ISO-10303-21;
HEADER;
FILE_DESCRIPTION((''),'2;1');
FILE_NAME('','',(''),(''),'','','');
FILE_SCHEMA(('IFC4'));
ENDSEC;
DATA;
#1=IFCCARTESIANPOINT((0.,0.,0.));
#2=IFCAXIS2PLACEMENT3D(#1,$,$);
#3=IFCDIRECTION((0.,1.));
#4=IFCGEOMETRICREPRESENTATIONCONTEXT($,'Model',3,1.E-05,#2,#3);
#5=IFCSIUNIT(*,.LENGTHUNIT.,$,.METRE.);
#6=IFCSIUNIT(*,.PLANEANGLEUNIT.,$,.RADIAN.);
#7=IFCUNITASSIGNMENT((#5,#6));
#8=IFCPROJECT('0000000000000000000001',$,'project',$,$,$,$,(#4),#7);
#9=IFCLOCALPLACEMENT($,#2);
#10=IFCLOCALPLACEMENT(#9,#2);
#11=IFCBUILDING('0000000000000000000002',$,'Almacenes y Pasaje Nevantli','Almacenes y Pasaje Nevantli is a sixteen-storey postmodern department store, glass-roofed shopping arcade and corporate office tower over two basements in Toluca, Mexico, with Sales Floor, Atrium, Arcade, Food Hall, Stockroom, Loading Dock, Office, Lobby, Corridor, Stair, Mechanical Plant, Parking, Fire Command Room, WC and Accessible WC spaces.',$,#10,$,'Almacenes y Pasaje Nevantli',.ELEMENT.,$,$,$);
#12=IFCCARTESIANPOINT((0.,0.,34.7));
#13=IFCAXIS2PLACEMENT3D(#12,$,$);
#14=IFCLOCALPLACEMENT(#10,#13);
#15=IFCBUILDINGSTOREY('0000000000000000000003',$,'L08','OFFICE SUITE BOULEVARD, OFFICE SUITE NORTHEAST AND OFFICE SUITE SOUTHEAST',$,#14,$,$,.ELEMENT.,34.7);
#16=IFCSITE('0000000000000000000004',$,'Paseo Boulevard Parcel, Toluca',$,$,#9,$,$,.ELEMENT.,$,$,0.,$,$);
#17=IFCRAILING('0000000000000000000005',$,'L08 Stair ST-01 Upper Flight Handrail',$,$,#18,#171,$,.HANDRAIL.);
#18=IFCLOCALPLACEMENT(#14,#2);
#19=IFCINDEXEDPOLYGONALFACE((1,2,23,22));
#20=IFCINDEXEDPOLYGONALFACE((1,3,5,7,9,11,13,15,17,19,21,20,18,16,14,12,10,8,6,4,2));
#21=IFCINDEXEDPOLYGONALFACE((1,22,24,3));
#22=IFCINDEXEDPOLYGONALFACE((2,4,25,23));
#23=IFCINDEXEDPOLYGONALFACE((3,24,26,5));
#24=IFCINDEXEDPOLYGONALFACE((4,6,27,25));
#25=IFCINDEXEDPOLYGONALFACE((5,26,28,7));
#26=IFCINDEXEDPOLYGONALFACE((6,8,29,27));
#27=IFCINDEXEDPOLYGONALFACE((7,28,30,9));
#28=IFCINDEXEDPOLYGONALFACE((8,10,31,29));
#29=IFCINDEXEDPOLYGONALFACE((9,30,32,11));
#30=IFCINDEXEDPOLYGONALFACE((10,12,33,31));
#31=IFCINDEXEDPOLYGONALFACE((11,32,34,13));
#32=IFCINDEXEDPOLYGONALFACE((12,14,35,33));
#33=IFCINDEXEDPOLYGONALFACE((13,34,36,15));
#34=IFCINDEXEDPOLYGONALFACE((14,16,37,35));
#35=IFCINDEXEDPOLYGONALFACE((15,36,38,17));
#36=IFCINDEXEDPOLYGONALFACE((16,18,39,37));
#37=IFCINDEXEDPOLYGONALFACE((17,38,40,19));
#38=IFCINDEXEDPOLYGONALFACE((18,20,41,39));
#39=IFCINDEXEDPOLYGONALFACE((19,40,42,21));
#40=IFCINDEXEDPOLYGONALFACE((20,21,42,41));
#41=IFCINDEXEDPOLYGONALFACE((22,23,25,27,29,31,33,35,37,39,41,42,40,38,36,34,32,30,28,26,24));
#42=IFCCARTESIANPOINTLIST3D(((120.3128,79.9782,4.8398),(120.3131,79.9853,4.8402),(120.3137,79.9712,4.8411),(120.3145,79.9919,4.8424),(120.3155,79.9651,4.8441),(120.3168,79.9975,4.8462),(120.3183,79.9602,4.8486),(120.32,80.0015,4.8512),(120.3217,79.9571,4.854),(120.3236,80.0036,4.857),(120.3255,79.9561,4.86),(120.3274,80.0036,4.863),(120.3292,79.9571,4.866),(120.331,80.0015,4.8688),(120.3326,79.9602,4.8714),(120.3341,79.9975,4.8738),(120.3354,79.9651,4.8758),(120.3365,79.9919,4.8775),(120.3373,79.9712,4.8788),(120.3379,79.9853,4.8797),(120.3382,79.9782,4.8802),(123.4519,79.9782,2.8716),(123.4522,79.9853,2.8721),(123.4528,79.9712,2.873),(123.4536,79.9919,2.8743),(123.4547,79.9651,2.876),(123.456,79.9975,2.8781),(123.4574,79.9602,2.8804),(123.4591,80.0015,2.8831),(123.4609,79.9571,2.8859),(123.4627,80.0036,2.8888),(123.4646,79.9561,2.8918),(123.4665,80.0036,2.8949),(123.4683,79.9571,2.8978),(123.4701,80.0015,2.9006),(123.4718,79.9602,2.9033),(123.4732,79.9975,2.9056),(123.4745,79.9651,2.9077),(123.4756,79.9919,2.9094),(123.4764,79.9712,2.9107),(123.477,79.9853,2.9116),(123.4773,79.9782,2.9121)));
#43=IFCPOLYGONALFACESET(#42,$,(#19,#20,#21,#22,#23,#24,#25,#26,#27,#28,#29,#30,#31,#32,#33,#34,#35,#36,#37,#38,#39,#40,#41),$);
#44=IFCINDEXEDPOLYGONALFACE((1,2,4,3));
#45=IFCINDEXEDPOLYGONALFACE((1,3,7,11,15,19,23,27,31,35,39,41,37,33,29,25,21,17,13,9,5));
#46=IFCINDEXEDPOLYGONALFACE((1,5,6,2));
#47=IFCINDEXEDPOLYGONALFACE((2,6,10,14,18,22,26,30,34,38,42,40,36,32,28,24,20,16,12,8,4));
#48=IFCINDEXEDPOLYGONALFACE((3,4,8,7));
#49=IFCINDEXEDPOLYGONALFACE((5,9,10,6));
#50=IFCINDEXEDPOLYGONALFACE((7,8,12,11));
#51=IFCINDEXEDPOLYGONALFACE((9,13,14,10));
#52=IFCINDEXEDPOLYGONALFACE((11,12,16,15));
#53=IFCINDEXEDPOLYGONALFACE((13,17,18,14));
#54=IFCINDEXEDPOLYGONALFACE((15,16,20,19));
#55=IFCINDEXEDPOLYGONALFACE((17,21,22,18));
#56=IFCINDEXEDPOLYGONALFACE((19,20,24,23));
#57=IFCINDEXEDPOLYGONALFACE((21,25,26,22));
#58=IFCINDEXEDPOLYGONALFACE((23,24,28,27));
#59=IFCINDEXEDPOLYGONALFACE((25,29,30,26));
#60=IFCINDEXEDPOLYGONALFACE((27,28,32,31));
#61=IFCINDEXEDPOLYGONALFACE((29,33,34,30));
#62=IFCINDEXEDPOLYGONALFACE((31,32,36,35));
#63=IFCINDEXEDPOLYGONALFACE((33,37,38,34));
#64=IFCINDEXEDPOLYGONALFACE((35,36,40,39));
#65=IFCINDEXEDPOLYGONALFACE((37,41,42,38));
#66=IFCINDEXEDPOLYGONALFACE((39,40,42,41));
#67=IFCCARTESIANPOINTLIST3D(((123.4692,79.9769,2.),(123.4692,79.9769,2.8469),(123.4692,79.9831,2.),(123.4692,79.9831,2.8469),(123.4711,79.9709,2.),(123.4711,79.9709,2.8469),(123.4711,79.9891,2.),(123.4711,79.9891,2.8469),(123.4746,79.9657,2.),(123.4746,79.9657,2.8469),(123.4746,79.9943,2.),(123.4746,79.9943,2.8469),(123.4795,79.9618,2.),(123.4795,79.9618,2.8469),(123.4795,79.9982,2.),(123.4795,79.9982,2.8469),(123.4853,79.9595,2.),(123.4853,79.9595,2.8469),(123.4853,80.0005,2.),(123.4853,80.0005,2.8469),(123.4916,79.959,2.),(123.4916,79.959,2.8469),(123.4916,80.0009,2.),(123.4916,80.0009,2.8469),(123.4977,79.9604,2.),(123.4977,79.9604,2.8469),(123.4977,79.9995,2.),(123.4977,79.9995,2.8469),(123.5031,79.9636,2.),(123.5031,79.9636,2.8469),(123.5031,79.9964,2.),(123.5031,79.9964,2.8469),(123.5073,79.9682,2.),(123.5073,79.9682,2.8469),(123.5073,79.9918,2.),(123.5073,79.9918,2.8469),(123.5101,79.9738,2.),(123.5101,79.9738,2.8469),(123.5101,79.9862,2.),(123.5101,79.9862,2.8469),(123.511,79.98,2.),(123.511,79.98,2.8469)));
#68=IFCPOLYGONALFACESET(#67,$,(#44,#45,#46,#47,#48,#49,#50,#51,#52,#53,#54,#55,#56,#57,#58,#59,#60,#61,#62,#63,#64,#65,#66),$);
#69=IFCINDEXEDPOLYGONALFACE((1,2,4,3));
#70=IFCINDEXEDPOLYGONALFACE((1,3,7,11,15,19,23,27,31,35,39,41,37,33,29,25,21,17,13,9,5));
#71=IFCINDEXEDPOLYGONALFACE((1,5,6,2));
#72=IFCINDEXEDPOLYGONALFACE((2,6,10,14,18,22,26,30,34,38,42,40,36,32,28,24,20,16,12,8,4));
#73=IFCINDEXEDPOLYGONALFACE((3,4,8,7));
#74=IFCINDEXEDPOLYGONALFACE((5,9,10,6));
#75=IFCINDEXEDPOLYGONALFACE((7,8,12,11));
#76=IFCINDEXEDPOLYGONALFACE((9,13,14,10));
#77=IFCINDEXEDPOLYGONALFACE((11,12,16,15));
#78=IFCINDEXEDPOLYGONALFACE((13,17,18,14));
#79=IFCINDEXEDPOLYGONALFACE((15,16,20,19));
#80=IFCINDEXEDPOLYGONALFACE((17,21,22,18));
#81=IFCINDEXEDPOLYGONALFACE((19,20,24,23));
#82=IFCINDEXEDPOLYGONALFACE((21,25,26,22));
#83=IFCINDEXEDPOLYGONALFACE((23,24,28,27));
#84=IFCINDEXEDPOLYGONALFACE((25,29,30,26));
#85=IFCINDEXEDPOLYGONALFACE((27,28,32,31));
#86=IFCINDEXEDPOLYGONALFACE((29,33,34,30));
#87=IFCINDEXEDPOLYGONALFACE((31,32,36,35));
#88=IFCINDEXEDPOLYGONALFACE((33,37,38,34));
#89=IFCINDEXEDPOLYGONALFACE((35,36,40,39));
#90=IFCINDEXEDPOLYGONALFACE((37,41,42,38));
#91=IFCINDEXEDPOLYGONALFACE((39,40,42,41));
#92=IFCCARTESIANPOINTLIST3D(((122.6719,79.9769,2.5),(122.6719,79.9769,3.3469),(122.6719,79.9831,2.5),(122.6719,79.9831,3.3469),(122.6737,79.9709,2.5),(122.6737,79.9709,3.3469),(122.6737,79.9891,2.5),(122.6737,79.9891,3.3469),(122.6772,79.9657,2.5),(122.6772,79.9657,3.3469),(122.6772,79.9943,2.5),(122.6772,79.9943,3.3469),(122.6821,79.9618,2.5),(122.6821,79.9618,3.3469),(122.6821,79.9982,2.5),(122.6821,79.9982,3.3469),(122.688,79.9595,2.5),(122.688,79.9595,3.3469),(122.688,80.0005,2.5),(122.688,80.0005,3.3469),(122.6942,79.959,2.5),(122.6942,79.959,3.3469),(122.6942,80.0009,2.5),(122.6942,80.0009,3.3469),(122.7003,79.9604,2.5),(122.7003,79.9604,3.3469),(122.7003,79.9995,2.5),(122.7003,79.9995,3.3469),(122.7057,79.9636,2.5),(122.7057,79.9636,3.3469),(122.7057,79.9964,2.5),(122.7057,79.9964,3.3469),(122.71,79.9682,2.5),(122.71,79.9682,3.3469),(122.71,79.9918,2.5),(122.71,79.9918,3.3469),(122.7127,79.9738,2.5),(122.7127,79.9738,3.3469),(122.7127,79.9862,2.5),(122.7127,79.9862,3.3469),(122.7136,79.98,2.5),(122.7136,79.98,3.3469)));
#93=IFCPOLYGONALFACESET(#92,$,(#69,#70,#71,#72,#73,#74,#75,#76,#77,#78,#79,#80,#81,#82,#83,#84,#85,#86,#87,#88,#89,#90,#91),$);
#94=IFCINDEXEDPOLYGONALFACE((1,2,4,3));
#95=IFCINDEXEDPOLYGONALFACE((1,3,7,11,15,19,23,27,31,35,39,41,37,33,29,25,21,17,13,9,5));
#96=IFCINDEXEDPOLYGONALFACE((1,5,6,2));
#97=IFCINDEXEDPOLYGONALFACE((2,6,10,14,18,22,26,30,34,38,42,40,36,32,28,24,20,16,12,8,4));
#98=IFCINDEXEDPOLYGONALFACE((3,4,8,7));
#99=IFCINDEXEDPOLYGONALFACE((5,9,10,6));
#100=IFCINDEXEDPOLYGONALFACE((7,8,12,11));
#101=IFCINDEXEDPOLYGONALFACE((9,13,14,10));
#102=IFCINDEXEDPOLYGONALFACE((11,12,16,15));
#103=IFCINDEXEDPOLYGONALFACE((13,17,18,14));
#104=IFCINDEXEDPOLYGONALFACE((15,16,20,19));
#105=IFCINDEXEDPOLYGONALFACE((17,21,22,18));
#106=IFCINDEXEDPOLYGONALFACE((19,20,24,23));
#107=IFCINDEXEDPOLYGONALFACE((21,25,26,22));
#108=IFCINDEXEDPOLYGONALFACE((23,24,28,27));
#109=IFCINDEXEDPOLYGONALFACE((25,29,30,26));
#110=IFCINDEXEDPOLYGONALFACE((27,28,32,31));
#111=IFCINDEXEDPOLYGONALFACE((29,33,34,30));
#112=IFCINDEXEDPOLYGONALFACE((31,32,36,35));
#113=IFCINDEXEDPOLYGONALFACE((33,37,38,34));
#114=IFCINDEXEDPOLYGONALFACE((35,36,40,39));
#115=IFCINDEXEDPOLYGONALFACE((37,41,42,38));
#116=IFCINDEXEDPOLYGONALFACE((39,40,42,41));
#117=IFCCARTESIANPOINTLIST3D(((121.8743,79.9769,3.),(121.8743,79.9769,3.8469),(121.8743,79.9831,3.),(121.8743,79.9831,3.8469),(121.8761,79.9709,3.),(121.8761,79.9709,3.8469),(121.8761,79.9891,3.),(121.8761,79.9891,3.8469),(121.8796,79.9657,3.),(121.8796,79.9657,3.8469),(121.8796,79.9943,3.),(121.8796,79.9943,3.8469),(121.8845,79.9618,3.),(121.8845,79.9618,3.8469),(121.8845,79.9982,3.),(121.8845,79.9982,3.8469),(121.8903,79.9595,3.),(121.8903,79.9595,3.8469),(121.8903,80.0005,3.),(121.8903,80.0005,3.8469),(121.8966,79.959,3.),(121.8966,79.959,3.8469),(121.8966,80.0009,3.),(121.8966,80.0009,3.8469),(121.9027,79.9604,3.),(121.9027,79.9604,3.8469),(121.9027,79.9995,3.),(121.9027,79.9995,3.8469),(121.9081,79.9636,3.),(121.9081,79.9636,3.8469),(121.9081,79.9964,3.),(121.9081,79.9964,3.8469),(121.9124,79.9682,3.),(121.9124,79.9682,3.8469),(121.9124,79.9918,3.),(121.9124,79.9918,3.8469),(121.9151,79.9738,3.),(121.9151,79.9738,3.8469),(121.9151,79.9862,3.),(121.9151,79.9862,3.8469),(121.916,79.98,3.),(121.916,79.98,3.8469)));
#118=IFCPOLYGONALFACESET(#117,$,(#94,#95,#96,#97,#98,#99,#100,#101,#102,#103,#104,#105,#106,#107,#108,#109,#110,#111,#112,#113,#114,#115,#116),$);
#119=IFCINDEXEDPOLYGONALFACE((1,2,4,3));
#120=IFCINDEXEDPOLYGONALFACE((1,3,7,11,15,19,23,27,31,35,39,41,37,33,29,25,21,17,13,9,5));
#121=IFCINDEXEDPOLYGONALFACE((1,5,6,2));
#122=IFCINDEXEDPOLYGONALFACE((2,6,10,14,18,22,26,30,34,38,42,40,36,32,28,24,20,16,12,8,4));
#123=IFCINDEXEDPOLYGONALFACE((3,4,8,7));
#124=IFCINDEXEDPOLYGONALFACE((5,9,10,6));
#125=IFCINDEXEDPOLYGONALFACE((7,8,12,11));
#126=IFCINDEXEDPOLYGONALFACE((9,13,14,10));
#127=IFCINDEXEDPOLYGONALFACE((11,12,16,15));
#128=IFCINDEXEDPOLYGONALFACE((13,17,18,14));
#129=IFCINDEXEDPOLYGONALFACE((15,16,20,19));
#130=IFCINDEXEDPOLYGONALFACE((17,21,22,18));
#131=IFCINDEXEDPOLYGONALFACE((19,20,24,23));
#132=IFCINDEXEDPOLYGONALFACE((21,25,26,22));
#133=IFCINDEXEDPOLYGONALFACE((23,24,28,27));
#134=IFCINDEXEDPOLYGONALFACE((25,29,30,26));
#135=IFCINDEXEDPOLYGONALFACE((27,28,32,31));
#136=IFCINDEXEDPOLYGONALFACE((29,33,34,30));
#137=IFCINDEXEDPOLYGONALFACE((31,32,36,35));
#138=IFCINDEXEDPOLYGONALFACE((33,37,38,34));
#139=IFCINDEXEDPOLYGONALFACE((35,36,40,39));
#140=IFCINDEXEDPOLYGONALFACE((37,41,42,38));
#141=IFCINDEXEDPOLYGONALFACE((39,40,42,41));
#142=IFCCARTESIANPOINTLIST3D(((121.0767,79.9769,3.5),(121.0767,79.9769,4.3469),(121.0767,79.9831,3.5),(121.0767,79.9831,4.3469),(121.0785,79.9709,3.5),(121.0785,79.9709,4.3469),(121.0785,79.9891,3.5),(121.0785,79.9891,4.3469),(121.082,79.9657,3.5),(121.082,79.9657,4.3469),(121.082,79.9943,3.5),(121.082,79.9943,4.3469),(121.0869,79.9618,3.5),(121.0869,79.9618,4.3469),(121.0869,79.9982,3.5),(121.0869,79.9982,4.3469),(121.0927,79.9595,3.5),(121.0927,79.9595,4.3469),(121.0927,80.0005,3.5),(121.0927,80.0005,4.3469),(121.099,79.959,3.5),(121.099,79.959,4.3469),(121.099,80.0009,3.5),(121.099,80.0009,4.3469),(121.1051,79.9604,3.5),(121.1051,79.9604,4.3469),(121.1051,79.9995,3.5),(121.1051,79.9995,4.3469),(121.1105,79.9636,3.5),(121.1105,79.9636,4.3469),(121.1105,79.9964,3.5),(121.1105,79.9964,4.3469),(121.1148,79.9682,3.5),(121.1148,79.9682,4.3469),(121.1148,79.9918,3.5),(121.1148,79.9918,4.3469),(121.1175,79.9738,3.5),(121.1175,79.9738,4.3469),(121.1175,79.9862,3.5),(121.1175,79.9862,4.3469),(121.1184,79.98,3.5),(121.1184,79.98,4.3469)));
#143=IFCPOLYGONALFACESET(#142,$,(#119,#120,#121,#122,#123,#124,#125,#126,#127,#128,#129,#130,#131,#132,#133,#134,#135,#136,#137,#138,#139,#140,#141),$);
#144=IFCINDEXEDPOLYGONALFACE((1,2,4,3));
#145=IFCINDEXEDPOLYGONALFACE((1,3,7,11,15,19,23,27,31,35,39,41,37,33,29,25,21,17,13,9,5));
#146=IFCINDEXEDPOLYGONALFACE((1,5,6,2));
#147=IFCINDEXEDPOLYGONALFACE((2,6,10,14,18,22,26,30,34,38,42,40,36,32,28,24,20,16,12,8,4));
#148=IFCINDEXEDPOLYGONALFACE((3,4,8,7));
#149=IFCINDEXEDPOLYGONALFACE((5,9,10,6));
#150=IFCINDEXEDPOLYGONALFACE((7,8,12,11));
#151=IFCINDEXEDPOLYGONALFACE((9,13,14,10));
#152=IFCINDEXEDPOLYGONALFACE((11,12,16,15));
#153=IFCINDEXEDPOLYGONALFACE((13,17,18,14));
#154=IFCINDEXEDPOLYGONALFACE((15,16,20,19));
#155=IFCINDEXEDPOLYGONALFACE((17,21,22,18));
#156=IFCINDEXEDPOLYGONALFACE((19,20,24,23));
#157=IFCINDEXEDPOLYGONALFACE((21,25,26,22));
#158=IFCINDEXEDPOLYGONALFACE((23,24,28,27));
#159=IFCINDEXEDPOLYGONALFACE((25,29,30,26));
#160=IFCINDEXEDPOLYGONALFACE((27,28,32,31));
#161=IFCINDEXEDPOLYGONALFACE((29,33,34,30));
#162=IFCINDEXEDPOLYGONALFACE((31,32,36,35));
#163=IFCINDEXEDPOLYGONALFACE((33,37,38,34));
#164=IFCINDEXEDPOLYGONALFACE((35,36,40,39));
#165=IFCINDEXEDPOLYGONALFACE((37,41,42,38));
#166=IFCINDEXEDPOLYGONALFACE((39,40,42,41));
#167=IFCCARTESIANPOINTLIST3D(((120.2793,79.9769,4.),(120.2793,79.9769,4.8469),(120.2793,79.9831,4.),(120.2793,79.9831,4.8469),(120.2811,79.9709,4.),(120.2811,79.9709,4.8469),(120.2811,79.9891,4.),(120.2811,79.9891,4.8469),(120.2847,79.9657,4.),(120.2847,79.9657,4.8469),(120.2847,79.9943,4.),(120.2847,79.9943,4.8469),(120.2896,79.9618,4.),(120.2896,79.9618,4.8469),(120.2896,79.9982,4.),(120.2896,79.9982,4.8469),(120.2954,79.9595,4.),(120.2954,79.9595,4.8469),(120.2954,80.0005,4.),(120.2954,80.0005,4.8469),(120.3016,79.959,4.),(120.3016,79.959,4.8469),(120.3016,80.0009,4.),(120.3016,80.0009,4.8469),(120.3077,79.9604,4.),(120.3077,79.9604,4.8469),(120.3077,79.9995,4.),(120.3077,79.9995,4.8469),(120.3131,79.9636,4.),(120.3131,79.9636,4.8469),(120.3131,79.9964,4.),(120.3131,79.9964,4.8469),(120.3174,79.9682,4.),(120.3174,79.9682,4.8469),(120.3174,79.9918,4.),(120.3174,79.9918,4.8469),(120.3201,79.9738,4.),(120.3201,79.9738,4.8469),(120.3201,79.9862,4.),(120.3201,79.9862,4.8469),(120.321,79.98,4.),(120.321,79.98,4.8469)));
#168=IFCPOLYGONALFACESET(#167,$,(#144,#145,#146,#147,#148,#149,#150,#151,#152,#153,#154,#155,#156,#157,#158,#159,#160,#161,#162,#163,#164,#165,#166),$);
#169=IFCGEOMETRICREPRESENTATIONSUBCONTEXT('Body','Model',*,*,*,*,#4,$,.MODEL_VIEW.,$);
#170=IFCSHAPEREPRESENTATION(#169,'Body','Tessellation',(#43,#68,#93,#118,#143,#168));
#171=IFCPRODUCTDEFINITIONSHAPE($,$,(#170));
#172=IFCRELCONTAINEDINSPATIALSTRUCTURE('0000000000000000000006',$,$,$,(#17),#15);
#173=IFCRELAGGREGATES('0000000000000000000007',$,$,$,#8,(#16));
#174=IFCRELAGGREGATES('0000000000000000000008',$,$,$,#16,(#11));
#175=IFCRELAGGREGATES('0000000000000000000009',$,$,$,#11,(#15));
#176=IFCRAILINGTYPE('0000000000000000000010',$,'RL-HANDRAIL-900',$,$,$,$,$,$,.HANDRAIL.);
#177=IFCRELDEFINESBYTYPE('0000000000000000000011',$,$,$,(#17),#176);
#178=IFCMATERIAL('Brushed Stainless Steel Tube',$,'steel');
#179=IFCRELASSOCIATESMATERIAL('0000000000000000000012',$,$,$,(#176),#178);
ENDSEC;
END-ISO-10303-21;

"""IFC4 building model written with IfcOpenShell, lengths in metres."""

from ifc_helpers import new_model, si_unit, direction, frame, origin, origin_2d, place, context, subcontext, project, spatial, circle, extrude, material, type_object, element, save


model = new_model("IFC4")

# Units and contexts
model_context = context("Model", 3, precision=1e-05, world=origin(), true_north=direction((0.0, 1.0)))
body_context = subcontext(model_context, "Body", "Model", "MODEL_VIEW")
ifc_project = project(units=[si_unit("LENGTHUNIT", "METRE"), si_unit("PLANEANGLEUNIT", "RADIAN")], contexts=[model_context])

# Site, building, storey
site_placement = place(None, origin())
site = spatial("IfcSite", under=ifc_project, at=site_placement, Name="Paseo Boulevard Parcel, Toluca", CompositionType="ELEMENT", RefElevation=0.0)
building_placement = place(site_placement, origin())
building = spatial("IfcBuilding", under=site, at=building_placement, Name="Almacenes y Pasaje Nevantli", Description="Almacenes y Pasaje Nevantli is a sixteen-storey postmodern department store, glass-roofed shopping arcade and corporate office tower over two basements in Toluca, Mexico, with Sales Floor, Atrium, Arcade, Food Hall, Stockroom, Loading Dock, Office, Lobby, Corridor, Stair, Mechanical Plant, Parking, Fire Command Room, WC and Accessible WC spaces.", LongName="Almacenes y Pasaje Nevantli", CompositionType="ELEMENT")
storey_placement = place(building_placement, frame((0.0, 0.0, 34.7)))
storey = spatial("IfcBuildingStorey", under=building, at=storey_placement, Name="L08", Description="OFFICE SUITE BOULEVARD, OFFICE SUITE NORTHEAST AND OFFICE SUITE SOUTHEAST", CompositionType="ELEMENT", Elevation=34.7)

# Railing
ifc_material_1 = material(Name="Brushed Stainless Steel Tube", Category="steel")
railing_type_1 = type_object("IfcRailingType", Name="RL-HANDRAIL-900", PredefinedType="HANDRAIL", material=ifc_material_1)
railing_1_placement = place(storey_placement, frame((123.49, 79.98, 2.0)))
element("IfcRailing", 1, at=railing_1_placement, inside=storey, type_object=railing_type_1, Name="L08 Stair ST-01 Upper Flight Handrail", PredefinedType="HANDRAIL", context=body_context, shape_type="SweptSolid", body=[
    extrude(circle(Radius=0.0239, at=origin_2d()), frame((-0.0254, 0.0, 0.8918), z_axis=(-0.847247, 0.0, 0.531199), x_axis=(0.0, -1.0, 0.0)), (0.0, 0.0, 1.0), 3.7051),
    extrude(circle(Radius=0.021, at=origin_2d()), origin(), (0.0, 0.0, 1.0), 0.8469),
    extrude(circle(Radius=0.021, at=origin_2d()), frame((-0.7974, 0.0, 0.5)), (0.0, 0.0, 1.0), 0.8469),
    extrude(circle(Radius=0.021, at=origin_2d()), frame((-1.595, 0.0, 1.0)), (0.0, 0.0, 1.0), 0.8469),
    extrude(circle(Radius=0.021, at=origin_2d()), frame((-2.3926, 0.0, 1.5)), (0.0, 0.0, 1.0), 0.8469),
    extrude(circle(Radius=0.021, at=origin_2d()), frame((-3.1899, 0.0, 2.0)), (0.0, 0.0, 1.0), 0.8469),
])

save(model, "model.ifc")
